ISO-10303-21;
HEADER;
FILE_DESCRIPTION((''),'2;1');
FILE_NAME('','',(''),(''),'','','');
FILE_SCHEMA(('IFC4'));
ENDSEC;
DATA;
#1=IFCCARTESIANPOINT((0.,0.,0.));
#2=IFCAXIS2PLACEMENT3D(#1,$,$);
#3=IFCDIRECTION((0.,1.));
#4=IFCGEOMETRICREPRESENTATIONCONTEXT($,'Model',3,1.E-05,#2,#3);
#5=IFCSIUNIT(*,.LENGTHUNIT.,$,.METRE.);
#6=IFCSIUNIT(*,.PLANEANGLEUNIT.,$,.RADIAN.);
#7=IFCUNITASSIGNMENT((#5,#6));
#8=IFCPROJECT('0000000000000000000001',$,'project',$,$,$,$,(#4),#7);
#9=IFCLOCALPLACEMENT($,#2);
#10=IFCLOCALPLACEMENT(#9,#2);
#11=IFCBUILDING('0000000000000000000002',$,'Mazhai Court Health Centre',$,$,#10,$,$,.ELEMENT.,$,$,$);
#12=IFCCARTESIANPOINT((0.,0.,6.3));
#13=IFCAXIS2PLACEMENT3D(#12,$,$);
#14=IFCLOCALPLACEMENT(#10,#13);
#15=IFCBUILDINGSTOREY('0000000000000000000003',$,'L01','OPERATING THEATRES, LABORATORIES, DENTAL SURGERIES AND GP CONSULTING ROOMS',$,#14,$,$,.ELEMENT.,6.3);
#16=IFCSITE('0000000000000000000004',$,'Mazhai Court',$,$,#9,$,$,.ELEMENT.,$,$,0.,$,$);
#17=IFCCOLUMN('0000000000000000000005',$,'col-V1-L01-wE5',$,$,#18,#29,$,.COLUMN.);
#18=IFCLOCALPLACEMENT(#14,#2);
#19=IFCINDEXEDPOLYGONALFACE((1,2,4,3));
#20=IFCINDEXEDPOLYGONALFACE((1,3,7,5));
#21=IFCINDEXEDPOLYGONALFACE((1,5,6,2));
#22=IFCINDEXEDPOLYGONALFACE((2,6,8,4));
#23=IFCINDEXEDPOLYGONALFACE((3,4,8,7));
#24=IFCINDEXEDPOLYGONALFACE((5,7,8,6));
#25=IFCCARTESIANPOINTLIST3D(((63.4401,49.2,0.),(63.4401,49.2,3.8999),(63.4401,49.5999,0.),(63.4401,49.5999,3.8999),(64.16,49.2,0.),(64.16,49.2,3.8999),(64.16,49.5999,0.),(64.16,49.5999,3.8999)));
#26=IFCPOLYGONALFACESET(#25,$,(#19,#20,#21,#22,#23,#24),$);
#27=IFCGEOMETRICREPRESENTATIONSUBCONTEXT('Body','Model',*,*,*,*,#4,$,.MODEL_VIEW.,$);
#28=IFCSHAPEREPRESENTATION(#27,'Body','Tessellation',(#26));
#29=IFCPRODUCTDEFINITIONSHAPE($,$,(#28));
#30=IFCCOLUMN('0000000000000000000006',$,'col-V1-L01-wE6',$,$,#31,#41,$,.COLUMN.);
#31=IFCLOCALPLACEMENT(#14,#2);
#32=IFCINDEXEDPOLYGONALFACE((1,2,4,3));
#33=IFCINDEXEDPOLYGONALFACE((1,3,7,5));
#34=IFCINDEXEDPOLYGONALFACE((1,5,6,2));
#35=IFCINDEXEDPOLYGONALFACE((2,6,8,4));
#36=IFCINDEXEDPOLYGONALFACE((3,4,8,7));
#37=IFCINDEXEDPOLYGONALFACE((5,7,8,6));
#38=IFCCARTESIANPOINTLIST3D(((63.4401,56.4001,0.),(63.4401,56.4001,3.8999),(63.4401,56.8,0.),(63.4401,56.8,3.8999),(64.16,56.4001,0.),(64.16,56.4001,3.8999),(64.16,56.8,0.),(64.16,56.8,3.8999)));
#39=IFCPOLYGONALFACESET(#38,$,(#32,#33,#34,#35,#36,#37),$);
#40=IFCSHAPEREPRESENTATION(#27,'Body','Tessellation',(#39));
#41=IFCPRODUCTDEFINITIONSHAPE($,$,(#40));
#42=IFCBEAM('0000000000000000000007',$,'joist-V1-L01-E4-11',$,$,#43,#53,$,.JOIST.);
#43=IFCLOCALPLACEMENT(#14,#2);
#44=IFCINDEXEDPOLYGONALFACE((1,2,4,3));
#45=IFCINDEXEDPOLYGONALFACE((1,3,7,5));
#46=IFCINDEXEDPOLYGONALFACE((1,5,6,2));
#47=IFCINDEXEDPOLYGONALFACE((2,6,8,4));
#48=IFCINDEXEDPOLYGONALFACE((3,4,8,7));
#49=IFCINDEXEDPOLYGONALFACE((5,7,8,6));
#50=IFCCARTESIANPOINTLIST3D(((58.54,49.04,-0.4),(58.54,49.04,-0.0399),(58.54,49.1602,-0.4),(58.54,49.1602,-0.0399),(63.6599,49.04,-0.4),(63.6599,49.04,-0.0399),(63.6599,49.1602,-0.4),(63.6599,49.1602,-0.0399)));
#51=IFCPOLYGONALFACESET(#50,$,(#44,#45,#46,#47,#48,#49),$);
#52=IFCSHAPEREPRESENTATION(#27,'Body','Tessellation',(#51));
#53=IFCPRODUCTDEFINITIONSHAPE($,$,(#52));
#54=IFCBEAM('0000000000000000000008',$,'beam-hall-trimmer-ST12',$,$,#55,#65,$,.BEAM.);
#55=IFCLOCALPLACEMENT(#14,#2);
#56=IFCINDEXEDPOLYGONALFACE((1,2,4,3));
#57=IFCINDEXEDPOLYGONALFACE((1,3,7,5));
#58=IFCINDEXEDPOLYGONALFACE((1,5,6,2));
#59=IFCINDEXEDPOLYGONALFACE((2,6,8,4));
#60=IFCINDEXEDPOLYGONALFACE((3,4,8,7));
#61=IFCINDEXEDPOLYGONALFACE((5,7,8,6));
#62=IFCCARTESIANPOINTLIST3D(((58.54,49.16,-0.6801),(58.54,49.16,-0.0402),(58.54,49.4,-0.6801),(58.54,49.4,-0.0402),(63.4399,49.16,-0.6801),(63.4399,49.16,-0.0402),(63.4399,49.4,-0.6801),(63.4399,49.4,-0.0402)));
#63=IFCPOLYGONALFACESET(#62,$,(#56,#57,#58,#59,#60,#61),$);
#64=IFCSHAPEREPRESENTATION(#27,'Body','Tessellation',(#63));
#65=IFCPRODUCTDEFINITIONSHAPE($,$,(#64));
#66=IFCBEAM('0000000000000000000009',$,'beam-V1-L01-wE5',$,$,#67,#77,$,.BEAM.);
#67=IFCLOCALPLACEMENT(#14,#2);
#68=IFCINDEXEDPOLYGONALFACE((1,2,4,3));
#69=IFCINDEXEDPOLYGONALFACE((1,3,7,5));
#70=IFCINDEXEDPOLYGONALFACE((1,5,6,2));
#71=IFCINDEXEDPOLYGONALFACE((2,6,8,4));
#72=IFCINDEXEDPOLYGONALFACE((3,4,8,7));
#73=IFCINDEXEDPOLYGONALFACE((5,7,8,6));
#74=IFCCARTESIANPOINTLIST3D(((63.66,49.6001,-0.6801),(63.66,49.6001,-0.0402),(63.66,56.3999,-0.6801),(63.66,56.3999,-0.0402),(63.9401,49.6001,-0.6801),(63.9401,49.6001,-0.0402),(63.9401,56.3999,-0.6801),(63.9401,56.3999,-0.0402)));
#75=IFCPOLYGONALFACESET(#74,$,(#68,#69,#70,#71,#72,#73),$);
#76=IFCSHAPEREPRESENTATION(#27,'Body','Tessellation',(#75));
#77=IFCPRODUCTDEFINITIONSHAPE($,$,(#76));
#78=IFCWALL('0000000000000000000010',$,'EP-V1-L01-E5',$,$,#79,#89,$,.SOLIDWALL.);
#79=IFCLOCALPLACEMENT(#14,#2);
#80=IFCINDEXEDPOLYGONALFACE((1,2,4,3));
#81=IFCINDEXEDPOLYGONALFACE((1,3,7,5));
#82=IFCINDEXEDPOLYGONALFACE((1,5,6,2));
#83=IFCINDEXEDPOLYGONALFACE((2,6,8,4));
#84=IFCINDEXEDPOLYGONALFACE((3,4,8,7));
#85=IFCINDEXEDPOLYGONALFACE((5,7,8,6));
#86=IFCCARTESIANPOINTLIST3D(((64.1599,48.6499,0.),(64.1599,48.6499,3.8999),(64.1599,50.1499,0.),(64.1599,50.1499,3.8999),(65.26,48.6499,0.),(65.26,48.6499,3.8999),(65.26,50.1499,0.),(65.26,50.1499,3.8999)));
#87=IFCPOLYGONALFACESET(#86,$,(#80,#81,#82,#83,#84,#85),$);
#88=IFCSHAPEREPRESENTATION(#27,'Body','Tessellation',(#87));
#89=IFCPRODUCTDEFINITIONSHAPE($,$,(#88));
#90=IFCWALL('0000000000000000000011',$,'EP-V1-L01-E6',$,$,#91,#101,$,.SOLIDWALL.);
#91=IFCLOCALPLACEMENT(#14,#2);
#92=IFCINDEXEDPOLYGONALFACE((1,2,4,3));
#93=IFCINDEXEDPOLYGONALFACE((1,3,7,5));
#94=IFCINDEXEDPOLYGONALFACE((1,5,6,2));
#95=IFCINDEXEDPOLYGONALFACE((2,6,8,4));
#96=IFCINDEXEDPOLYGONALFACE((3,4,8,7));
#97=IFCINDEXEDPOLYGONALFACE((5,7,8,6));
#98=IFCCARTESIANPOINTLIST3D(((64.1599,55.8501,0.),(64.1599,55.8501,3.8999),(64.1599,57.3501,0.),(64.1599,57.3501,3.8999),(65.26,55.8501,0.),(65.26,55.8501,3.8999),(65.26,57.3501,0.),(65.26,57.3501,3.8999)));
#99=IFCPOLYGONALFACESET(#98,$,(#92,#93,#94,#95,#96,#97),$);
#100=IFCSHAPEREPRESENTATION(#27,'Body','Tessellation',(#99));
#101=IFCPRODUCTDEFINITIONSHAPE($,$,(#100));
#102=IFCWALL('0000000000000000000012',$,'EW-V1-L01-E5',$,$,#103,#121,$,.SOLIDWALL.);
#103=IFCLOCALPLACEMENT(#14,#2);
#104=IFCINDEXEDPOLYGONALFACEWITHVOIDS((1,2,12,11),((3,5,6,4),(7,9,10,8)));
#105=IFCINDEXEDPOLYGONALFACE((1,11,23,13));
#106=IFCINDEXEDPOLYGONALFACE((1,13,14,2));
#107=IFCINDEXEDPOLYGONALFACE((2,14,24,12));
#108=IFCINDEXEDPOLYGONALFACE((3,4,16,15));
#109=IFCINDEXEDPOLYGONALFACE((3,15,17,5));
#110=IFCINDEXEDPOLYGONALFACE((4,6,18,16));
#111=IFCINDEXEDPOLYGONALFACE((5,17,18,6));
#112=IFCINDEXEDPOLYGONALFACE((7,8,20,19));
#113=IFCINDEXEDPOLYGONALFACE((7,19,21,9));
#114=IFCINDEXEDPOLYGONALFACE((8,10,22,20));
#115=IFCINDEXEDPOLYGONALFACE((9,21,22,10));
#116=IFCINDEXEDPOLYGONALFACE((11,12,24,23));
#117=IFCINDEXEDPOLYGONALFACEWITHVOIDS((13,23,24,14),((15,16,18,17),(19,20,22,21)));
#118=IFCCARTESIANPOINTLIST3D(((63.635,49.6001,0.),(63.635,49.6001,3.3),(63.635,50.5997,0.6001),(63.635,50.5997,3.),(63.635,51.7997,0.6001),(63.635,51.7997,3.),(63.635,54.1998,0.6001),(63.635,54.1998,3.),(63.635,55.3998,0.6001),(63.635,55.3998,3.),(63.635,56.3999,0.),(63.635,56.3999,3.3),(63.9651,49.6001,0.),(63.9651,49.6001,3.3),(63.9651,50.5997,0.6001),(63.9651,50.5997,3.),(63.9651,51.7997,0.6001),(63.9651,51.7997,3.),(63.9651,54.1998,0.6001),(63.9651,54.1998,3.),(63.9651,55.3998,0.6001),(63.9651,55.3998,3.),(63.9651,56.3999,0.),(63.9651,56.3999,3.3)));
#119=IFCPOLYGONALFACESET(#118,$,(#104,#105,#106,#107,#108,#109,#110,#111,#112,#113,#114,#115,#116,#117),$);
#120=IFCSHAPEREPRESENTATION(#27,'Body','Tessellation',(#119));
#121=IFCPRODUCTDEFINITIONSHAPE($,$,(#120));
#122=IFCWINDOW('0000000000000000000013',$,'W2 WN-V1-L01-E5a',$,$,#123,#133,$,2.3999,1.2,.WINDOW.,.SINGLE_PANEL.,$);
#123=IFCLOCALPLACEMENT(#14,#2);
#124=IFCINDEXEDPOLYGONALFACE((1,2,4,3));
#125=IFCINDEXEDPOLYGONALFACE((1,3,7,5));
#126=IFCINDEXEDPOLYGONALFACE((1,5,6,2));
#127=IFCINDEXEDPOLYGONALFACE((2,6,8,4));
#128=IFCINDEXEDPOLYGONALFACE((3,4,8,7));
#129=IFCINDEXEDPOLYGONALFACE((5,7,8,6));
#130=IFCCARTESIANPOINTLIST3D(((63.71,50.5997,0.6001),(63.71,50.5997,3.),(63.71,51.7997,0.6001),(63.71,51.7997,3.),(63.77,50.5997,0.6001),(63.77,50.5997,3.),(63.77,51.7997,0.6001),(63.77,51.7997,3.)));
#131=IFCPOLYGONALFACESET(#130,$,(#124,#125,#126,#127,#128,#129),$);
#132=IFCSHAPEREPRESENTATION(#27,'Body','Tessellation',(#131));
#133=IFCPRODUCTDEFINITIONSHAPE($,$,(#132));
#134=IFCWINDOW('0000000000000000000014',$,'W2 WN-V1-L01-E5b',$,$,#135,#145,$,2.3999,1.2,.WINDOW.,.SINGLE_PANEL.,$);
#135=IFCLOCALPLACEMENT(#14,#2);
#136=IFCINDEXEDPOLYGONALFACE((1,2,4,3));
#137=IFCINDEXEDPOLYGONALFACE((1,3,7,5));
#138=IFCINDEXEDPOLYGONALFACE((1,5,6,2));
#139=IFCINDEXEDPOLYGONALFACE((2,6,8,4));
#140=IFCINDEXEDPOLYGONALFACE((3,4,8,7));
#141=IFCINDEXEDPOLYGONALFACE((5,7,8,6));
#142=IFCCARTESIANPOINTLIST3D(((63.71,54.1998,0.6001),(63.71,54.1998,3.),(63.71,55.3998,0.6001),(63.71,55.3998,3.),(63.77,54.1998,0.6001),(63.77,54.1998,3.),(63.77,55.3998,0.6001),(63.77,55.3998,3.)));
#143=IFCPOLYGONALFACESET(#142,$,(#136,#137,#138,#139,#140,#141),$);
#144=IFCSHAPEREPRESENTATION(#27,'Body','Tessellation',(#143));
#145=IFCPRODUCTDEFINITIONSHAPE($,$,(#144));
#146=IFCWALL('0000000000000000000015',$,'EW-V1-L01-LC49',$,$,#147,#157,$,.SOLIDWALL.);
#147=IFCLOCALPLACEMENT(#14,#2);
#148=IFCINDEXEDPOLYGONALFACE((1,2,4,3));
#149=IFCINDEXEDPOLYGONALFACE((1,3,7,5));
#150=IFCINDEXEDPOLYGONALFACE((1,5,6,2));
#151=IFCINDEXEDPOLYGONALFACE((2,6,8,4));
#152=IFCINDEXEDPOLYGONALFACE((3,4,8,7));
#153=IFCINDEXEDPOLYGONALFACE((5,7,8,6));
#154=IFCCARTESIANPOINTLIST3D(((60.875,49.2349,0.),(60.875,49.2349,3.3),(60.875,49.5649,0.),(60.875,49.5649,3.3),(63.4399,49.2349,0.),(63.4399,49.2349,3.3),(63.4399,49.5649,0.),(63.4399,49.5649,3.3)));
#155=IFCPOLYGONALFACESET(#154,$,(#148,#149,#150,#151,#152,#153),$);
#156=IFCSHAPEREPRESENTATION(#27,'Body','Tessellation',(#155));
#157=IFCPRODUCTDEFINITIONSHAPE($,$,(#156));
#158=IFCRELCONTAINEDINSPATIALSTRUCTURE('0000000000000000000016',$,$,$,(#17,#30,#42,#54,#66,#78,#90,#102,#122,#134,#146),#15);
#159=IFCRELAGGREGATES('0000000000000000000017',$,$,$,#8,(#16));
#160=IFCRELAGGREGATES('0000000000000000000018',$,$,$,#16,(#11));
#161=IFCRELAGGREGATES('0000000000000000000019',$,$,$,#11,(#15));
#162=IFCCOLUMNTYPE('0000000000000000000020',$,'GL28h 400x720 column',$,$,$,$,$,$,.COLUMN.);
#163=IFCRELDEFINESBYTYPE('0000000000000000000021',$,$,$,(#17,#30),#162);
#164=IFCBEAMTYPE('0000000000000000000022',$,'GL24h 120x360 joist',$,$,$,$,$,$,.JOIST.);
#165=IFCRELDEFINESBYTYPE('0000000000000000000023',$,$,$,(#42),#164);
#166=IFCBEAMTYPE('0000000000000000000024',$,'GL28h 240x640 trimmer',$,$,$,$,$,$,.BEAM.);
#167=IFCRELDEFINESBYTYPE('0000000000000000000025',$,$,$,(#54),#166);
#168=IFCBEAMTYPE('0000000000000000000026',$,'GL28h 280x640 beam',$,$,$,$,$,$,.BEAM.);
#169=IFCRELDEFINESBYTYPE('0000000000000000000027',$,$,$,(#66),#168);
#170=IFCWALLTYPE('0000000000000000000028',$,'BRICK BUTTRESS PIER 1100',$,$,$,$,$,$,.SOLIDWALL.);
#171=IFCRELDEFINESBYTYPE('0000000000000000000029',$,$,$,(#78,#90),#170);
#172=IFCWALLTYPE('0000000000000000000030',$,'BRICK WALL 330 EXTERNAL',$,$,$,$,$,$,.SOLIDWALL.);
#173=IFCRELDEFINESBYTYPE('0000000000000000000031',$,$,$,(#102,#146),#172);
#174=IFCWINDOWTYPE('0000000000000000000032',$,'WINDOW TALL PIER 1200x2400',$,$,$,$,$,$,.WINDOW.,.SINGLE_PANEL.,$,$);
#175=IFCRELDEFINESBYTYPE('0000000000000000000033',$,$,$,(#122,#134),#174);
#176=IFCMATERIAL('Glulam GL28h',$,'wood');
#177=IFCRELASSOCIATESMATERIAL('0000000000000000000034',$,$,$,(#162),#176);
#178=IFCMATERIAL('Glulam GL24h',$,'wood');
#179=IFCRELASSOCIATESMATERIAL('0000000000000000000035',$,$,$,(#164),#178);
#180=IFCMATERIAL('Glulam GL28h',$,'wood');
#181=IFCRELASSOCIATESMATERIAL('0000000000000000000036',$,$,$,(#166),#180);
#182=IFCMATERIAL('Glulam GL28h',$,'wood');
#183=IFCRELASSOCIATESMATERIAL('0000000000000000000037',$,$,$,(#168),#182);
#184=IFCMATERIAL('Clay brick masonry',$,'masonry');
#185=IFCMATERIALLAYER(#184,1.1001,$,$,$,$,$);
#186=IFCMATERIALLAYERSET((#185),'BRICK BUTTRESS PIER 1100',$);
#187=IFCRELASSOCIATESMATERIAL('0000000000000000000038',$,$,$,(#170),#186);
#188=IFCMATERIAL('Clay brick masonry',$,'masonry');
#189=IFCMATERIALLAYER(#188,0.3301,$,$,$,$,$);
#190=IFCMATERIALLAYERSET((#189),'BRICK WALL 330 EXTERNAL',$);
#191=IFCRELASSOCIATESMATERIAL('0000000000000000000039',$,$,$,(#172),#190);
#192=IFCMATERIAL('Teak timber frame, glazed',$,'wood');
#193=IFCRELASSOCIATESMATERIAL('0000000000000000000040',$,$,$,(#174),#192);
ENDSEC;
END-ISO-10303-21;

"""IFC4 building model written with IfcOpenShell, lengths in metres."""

from ifc_helpers import new_model, si_unit, direction, frame, frame_2d, origin, origin_2d, place, context, subcontext, project, spatial, rectangle, extrude, material, layer, layer_set, material_profile, profile_set, type_object, element, fill, save


model = new_model("IFC4")

# Units and contexts
model_context = context("Model", 3, precision=1e-05, world=origin(), true_north=direction((0.0, 1.0)))
body_context = subcontext(model_context, "Body", "Model", "MODEL_VIEW")
ifc_project = project(units=[si_unit("LENGTHUNIT", "METRE"), si_unit("PLANEANGLEUNIT", "RADIAN")], contexts=[model_context])

# Site, building, storey
site_placement = place(None, origin())
site = spatial("IfcSite", under=ifc_project, at=site_placement, Name="Mazhai Court", CompositionType="ELEMENT", RefElevation=0.0)
building_placement = place(site_placement, origin())
building = spatial("IfcBuilding", under=site, at=building_placement, Name="Mazhai Court Health Centre", CompositionType="ELEMENT")
storey_placement = place(building_placement, frame((0.0, 0.0, 6.3)))
storey = spatial("IfcBuildingStorey", under=building, at=storey_placement, Name="L01", Description="OPERATING THEATRES, LABORATORIES, DENTAL SURGERIES AND GP CONSULTING ROOMS", CompositionType="ELEMENT", Elevation=6.3)

# Columns
ifc_material_1 = material(Name="Glulam GL28h", Category="wood")
ifc_material_profile_1 = material_profile(ifc_material_1, rectangle(XDim=0.3999, YDim=0.72, at=origin_2d()), Name="GL28h 400x720")
ifc_profile_set_1 = profile_set([ifc_material_profile_1], Name="Glulam GL28h")
column_type = type_object("IfcColumnType", Name="GL28h 400x720 column", PredefinedType="COLUMN", material=ifc_profile_set_1)
for number, where, z_axis, x_axis, name in (
    (1, (63.8, 49.3999, 0.0), (0.0, 0.0, 1.0), (0.0, 1.0, 0.0), "col-V1-L01-wE5"),
    (2, (63.8, 56.6001, 0.0), (0.0, 0.0, 1.0), (0.0, 1.0, 0.0), "col-V1-L01-wE6"),
):
    element("IfcColumn", number, at=place(storey_placement, frame(where, z_axis=z_axis, x_axis=x_axis)), inside=storey, type_object=column_type, Name=name, PredefinedType="COLUMN", context=body_context, shape_type="SweptSolid", body=[
        extrude(rectangle(XDim=0.3999, YDim=0.72, at=origin_2d()), origin(), (0.0, 0.0, 1.0), 3.8999),
    ])

# Beams
ifc_material_2 = material(Name="Glulam GL24h", Category="wood")
ifc_material_profile_2 = material_profile(ifc_material_2, rectangle(XDim=0.1201, YDim=0.3601, at=origin_2d()), Name="GL24h 120x360")
ifc_profile_set_2 = profile_set([ifc_material_profile_2], Name="Glulam GL24h")
beam_type_1 = type_object("IfcBeamType", Name="GL24h 120x360 joist", PredefinedType="JOIST", material=ifc_profile_set_2)
beam_1_placement = place(storey_placement, frame((58.54, 49.1001, -0.22), z_axis=(1.0, 0.0, 0.0), x_axis=(0.0, 1.0, 0.0)))
element("IfcBeam", 3, at=beam_1_placement, inside=storey, type_object=beam_type_1, Name="joist-V1-L01-E4-11", PredefinedType="JOIST", context=body_context, shape_type="SweptSolid", body=[
    extrude(rectangle(XDim=0.1201, YDim=0.3601, at=origin_2d()), origin(), (0.0, 0.0, 1.0), 5.1199),
])
ifc_material_3 = material(Name="Glulam GL28h", Category="wood")
ifc_material_profile_3 = material_profile(ifc_material_3, rectangle(XDim=0.24, YDim=0.6399, at=origin_2d()), Name="GL28h 240x640")
ifc_profile_set_3 = profile_set([ifc_material_profile_3], Name="Glulam GL28h")
beam_type_2 = type_object("IfcBeamType", Name="GL28h 240x640 trimmer", PredefinedType="BEAM", material=ifc_profile_set_3)
beam_2_placement = place(storey_placement, frame((58.54, 49.28, -0.3601), z_axis=(1.0, 0.0, 0.0), x_axis=(0.0, 1.0, 0.0)))
element("IfcBeam", 4, at=beam_2_placement, inside=storey, type_object=beam_type_2, Name="beam-hall-trimmer-ST12", PredefinedType="BEAM", context=body_context, shape_type="SweptSolid", body=[
    extrude(rectangle(XDim=0.24, YDim=0.6399, at=origin_2d()), origin(), (0.0, 0.0, 1.0), 4.8999),
])
ifc_material_4 = material(Name="Glulam GL28h", Category="wood")
ifc_material_profile_4 = material_profile(ifc_material_4, rectangle(XDim=0.28, YDim=0.6399, at=origin_2d()), Name="GL28h 280x640")
ifc_profile_set_4 = profile_set([ifc_material_profile_4], Name="Glulam GL28h")
beam_type_3 = type_object("IfcBeamType", Name="GL28h 280x640 beam", PredefinedType="BEAM", material=ifc_profile_set_4)
beam_3_placement = place(storey_placement, frame((63.8, 49.6001, -0.3601), z_axis=(0.0, 1.0, 0.0), x_axis=(-1.0, 0.0, 0.0)))
element("IfcBeam", 5, at=beam_3_placement, inside=storey, type_object=beam_type_3, Name="beam-V1-L01-wE5", PredefinedType="BEAM", context=body_context, shape_type="SweptSolid", body=[
    extrude(rectangle(XDim=0.28, YDim=0.6399, at=origin_2d()), origin(), (0.0, 0.0, 1.0), 6.7998),
])

# Walls
ifc_material_5 = material(Name="Clay brick masonry", Category="masonry")
ifc_layer_1 = layer(ifc_material_5, 1.1001)
ifc_layer_set_1 = layer_set([ifc_layer_1], Name="BRICK BUTTRESS PIER 1100")
wall_type_1 = type_object("IfcWallType", Name="BRICK BUTTRESS PIER 1100", PredefinedType="SOLIDWALL", material=ifc_layer_set_1)
for number, where, z_axis, x_axis, name in (
    (6, (64.71, 50.1499, 0.0), (0.0, 0.0, 1.0), (0.0, -1.0, 0.0), "EP-V1-L01-E5"),
    (7, (64.71, 57.3501, 0.0), (0.0, 0.0, 1.0), (0.0, -1.0, 0.0), "EP-V1-L01-E6"),
):
    element("IfcWall", number, at=place(storey_placement, frame(where, z_axis=z_axis, x_axis=x_axis)), inside=storey, type_object=wall_type_1, Name=name, PredefinedType="SOLIDWALL", context=body_context, shape_type="SweptSolid", body=[
        extrude(rectangle(XDim=1.5, YDim=1.1001, at=frame_2d((0.75, 0.0))), origin(), (0.0, 0.0, 1.0), 3.8999),
    ])

# Wall, openings, windows
ifc_material_6 = material(Name="Clay brick masonry", Category="masonry")
ifc_layer_2 = layer(ifc_material_6, 0.3301)
ifc_layer_set_2 = layer_set([ifc_layer_2], Name="BRICK WALL 330 EXTERNAL")
wall_type_2 = type_object("IfcWallType", Name="BRICK WALL 330 EXTERNAL", PredefinedType="SOLIDWALL", material=ifc_layer_set_2)
wall_1_placement = place(storey_placement, frame((63.8, 56.3999, 0.0), z_axis=(0.0, 0.0, 1.0), x_axis=(0.0, -1.0, 0.0)))
wall_1 = element("IfcWall", 8, at=wall_1_placement, inside=storey, type_object=wall_type_2, Name="EW-V1-L01-E5", PredefinedType="SOLIDWALL", context=body_context, shape_type="SweptSolid", body=[
    extrude(rectangle(XDim=6.7998, YDim=0.3301, at=frame_2d((3.3999, 0.0))), origin(), (0.0, 0.0, 1.0), 3.3),
])
opening_1_placement = place(wall_1_placement, frame((4.6001, 0.0, 0.6001)))
opening_1 = element("IfcOpeningElement", 9, at=opening_1_placement, cuts=wall_1, PredefinedType="OPENING", context=body_context, shape_type="SweptSolid", body=[
    extrude(rectangle(XDim=1.2, YDim=2.3999, at=frame_2d((0.6001, 1.2))), frame((0.0, 0.175, 0.0), z_axis=(0.0, -1.0, 0.0), x_axis=(1.0, 0.0, 0.0)), (0.0, 0.0, 1.0), 0.3501),
])
opening_2_placement = place(wall_1_placement, frame((1.0, 0.0, 0.6001)))
opening_2 = element("IfcOpeningElement", 10, at=opening_2_placement, cuts=wall_1, PredefinedType="OPENING", context=body_context, shape_type="SweptSolid", body=[
    extrude(rectangle(XDim=1.2, YDim=2.3999, at=frame_2d((0.6001, 1.2))), frame((0.0, 0.175, 0.0), z_axis=(0.0, -1.0, 0.0), x_axis=(1.0, 0.0, 0.0)), (0.0, 0.0, 1.0), 0.3501),
])
ifc_material_7 = material(Name="Teak timber frame, glazed", Category="wood")
window_type_1 = type_object("IfcWindowType", Name="WINDOW TALL PIER 1200x2400", PartitioningType="SINGLE_PANEL", PredefinedType="WINDOW", material=ifc_material_7)
window_1_placement = place(opening_1_placement, origin())
window_1 = element("IfcWindow", 11, at=window_1_placement, inside=storey, type_object=window_type_1, Name="W2 WN-V1-L01-E5a", OverallHeight=2.3999, OverallWidth=1.2, PartitioningType="SINGLE_PANEL", PredefinedType="WINDOW", context=body_context, shape_type="SweptSolid", body=[
    extrude(rectangle(XDim=1.2, YDim=2.3999, at=frame_2d((0.6001, 1.2))), frame((0.0, -0.03, 0.0), z_axis=(0.0, -1.0, 0.0), x_axis=(1.0, 0.0, 0.0)), (0.0, 0.0, 1.0), 0.0601),
])
fill(opening_1, window_1)
window_2_placement = place(opening_2_placement, origin())
window_2 = element("IfcWindow", 12, at=window_2_placement, inside=storey, type_object=window_type_1, Name="W2 WN-V1-L01-E5b", OverallHeight=2.3999, OverallWidth=1.2, PartitioningType="SINGLE_PANEL", PredefinedType="WINDOW", context=body_context, shape_type="SweptSolid", body=[
    extrude(rectangle(XDim=1.2, YDim=2.3999, at=frame_2d((0.6001, 1.2))), frame((0.0, -0.03, 0.0), z_axis=(0.0, -1.0, 0.0), x_axis=(1.0, 0.0, 0.0)), (0.0, 0.0, 1.0), 0.0601),
])
fill(opening_2, window_2)

# Wall
wall_2_placement = place(storey_placement, frame((60.875, 49.3999, 0.0), z_axis=(0.0, 0.0, 1.0), x_axis=(1.0, 0.0, 0.0)))
element("IfcWall", 13, at=wall_2_placement, inside=storey, type_object=wall_type_2, Name="EW-V1-L01-LC49", PredefinedType="SOLIDWALL", context=body_context, shape_type="SweptSolid", body=[
    extrude(rectangle(XDim=2.5649, YDim=0.3301, at=frame_2d((1.2825, 0.0))), origin(), (0.0, 0.0, 1.0), 3.3),
])

save(model, "model.ifc")
